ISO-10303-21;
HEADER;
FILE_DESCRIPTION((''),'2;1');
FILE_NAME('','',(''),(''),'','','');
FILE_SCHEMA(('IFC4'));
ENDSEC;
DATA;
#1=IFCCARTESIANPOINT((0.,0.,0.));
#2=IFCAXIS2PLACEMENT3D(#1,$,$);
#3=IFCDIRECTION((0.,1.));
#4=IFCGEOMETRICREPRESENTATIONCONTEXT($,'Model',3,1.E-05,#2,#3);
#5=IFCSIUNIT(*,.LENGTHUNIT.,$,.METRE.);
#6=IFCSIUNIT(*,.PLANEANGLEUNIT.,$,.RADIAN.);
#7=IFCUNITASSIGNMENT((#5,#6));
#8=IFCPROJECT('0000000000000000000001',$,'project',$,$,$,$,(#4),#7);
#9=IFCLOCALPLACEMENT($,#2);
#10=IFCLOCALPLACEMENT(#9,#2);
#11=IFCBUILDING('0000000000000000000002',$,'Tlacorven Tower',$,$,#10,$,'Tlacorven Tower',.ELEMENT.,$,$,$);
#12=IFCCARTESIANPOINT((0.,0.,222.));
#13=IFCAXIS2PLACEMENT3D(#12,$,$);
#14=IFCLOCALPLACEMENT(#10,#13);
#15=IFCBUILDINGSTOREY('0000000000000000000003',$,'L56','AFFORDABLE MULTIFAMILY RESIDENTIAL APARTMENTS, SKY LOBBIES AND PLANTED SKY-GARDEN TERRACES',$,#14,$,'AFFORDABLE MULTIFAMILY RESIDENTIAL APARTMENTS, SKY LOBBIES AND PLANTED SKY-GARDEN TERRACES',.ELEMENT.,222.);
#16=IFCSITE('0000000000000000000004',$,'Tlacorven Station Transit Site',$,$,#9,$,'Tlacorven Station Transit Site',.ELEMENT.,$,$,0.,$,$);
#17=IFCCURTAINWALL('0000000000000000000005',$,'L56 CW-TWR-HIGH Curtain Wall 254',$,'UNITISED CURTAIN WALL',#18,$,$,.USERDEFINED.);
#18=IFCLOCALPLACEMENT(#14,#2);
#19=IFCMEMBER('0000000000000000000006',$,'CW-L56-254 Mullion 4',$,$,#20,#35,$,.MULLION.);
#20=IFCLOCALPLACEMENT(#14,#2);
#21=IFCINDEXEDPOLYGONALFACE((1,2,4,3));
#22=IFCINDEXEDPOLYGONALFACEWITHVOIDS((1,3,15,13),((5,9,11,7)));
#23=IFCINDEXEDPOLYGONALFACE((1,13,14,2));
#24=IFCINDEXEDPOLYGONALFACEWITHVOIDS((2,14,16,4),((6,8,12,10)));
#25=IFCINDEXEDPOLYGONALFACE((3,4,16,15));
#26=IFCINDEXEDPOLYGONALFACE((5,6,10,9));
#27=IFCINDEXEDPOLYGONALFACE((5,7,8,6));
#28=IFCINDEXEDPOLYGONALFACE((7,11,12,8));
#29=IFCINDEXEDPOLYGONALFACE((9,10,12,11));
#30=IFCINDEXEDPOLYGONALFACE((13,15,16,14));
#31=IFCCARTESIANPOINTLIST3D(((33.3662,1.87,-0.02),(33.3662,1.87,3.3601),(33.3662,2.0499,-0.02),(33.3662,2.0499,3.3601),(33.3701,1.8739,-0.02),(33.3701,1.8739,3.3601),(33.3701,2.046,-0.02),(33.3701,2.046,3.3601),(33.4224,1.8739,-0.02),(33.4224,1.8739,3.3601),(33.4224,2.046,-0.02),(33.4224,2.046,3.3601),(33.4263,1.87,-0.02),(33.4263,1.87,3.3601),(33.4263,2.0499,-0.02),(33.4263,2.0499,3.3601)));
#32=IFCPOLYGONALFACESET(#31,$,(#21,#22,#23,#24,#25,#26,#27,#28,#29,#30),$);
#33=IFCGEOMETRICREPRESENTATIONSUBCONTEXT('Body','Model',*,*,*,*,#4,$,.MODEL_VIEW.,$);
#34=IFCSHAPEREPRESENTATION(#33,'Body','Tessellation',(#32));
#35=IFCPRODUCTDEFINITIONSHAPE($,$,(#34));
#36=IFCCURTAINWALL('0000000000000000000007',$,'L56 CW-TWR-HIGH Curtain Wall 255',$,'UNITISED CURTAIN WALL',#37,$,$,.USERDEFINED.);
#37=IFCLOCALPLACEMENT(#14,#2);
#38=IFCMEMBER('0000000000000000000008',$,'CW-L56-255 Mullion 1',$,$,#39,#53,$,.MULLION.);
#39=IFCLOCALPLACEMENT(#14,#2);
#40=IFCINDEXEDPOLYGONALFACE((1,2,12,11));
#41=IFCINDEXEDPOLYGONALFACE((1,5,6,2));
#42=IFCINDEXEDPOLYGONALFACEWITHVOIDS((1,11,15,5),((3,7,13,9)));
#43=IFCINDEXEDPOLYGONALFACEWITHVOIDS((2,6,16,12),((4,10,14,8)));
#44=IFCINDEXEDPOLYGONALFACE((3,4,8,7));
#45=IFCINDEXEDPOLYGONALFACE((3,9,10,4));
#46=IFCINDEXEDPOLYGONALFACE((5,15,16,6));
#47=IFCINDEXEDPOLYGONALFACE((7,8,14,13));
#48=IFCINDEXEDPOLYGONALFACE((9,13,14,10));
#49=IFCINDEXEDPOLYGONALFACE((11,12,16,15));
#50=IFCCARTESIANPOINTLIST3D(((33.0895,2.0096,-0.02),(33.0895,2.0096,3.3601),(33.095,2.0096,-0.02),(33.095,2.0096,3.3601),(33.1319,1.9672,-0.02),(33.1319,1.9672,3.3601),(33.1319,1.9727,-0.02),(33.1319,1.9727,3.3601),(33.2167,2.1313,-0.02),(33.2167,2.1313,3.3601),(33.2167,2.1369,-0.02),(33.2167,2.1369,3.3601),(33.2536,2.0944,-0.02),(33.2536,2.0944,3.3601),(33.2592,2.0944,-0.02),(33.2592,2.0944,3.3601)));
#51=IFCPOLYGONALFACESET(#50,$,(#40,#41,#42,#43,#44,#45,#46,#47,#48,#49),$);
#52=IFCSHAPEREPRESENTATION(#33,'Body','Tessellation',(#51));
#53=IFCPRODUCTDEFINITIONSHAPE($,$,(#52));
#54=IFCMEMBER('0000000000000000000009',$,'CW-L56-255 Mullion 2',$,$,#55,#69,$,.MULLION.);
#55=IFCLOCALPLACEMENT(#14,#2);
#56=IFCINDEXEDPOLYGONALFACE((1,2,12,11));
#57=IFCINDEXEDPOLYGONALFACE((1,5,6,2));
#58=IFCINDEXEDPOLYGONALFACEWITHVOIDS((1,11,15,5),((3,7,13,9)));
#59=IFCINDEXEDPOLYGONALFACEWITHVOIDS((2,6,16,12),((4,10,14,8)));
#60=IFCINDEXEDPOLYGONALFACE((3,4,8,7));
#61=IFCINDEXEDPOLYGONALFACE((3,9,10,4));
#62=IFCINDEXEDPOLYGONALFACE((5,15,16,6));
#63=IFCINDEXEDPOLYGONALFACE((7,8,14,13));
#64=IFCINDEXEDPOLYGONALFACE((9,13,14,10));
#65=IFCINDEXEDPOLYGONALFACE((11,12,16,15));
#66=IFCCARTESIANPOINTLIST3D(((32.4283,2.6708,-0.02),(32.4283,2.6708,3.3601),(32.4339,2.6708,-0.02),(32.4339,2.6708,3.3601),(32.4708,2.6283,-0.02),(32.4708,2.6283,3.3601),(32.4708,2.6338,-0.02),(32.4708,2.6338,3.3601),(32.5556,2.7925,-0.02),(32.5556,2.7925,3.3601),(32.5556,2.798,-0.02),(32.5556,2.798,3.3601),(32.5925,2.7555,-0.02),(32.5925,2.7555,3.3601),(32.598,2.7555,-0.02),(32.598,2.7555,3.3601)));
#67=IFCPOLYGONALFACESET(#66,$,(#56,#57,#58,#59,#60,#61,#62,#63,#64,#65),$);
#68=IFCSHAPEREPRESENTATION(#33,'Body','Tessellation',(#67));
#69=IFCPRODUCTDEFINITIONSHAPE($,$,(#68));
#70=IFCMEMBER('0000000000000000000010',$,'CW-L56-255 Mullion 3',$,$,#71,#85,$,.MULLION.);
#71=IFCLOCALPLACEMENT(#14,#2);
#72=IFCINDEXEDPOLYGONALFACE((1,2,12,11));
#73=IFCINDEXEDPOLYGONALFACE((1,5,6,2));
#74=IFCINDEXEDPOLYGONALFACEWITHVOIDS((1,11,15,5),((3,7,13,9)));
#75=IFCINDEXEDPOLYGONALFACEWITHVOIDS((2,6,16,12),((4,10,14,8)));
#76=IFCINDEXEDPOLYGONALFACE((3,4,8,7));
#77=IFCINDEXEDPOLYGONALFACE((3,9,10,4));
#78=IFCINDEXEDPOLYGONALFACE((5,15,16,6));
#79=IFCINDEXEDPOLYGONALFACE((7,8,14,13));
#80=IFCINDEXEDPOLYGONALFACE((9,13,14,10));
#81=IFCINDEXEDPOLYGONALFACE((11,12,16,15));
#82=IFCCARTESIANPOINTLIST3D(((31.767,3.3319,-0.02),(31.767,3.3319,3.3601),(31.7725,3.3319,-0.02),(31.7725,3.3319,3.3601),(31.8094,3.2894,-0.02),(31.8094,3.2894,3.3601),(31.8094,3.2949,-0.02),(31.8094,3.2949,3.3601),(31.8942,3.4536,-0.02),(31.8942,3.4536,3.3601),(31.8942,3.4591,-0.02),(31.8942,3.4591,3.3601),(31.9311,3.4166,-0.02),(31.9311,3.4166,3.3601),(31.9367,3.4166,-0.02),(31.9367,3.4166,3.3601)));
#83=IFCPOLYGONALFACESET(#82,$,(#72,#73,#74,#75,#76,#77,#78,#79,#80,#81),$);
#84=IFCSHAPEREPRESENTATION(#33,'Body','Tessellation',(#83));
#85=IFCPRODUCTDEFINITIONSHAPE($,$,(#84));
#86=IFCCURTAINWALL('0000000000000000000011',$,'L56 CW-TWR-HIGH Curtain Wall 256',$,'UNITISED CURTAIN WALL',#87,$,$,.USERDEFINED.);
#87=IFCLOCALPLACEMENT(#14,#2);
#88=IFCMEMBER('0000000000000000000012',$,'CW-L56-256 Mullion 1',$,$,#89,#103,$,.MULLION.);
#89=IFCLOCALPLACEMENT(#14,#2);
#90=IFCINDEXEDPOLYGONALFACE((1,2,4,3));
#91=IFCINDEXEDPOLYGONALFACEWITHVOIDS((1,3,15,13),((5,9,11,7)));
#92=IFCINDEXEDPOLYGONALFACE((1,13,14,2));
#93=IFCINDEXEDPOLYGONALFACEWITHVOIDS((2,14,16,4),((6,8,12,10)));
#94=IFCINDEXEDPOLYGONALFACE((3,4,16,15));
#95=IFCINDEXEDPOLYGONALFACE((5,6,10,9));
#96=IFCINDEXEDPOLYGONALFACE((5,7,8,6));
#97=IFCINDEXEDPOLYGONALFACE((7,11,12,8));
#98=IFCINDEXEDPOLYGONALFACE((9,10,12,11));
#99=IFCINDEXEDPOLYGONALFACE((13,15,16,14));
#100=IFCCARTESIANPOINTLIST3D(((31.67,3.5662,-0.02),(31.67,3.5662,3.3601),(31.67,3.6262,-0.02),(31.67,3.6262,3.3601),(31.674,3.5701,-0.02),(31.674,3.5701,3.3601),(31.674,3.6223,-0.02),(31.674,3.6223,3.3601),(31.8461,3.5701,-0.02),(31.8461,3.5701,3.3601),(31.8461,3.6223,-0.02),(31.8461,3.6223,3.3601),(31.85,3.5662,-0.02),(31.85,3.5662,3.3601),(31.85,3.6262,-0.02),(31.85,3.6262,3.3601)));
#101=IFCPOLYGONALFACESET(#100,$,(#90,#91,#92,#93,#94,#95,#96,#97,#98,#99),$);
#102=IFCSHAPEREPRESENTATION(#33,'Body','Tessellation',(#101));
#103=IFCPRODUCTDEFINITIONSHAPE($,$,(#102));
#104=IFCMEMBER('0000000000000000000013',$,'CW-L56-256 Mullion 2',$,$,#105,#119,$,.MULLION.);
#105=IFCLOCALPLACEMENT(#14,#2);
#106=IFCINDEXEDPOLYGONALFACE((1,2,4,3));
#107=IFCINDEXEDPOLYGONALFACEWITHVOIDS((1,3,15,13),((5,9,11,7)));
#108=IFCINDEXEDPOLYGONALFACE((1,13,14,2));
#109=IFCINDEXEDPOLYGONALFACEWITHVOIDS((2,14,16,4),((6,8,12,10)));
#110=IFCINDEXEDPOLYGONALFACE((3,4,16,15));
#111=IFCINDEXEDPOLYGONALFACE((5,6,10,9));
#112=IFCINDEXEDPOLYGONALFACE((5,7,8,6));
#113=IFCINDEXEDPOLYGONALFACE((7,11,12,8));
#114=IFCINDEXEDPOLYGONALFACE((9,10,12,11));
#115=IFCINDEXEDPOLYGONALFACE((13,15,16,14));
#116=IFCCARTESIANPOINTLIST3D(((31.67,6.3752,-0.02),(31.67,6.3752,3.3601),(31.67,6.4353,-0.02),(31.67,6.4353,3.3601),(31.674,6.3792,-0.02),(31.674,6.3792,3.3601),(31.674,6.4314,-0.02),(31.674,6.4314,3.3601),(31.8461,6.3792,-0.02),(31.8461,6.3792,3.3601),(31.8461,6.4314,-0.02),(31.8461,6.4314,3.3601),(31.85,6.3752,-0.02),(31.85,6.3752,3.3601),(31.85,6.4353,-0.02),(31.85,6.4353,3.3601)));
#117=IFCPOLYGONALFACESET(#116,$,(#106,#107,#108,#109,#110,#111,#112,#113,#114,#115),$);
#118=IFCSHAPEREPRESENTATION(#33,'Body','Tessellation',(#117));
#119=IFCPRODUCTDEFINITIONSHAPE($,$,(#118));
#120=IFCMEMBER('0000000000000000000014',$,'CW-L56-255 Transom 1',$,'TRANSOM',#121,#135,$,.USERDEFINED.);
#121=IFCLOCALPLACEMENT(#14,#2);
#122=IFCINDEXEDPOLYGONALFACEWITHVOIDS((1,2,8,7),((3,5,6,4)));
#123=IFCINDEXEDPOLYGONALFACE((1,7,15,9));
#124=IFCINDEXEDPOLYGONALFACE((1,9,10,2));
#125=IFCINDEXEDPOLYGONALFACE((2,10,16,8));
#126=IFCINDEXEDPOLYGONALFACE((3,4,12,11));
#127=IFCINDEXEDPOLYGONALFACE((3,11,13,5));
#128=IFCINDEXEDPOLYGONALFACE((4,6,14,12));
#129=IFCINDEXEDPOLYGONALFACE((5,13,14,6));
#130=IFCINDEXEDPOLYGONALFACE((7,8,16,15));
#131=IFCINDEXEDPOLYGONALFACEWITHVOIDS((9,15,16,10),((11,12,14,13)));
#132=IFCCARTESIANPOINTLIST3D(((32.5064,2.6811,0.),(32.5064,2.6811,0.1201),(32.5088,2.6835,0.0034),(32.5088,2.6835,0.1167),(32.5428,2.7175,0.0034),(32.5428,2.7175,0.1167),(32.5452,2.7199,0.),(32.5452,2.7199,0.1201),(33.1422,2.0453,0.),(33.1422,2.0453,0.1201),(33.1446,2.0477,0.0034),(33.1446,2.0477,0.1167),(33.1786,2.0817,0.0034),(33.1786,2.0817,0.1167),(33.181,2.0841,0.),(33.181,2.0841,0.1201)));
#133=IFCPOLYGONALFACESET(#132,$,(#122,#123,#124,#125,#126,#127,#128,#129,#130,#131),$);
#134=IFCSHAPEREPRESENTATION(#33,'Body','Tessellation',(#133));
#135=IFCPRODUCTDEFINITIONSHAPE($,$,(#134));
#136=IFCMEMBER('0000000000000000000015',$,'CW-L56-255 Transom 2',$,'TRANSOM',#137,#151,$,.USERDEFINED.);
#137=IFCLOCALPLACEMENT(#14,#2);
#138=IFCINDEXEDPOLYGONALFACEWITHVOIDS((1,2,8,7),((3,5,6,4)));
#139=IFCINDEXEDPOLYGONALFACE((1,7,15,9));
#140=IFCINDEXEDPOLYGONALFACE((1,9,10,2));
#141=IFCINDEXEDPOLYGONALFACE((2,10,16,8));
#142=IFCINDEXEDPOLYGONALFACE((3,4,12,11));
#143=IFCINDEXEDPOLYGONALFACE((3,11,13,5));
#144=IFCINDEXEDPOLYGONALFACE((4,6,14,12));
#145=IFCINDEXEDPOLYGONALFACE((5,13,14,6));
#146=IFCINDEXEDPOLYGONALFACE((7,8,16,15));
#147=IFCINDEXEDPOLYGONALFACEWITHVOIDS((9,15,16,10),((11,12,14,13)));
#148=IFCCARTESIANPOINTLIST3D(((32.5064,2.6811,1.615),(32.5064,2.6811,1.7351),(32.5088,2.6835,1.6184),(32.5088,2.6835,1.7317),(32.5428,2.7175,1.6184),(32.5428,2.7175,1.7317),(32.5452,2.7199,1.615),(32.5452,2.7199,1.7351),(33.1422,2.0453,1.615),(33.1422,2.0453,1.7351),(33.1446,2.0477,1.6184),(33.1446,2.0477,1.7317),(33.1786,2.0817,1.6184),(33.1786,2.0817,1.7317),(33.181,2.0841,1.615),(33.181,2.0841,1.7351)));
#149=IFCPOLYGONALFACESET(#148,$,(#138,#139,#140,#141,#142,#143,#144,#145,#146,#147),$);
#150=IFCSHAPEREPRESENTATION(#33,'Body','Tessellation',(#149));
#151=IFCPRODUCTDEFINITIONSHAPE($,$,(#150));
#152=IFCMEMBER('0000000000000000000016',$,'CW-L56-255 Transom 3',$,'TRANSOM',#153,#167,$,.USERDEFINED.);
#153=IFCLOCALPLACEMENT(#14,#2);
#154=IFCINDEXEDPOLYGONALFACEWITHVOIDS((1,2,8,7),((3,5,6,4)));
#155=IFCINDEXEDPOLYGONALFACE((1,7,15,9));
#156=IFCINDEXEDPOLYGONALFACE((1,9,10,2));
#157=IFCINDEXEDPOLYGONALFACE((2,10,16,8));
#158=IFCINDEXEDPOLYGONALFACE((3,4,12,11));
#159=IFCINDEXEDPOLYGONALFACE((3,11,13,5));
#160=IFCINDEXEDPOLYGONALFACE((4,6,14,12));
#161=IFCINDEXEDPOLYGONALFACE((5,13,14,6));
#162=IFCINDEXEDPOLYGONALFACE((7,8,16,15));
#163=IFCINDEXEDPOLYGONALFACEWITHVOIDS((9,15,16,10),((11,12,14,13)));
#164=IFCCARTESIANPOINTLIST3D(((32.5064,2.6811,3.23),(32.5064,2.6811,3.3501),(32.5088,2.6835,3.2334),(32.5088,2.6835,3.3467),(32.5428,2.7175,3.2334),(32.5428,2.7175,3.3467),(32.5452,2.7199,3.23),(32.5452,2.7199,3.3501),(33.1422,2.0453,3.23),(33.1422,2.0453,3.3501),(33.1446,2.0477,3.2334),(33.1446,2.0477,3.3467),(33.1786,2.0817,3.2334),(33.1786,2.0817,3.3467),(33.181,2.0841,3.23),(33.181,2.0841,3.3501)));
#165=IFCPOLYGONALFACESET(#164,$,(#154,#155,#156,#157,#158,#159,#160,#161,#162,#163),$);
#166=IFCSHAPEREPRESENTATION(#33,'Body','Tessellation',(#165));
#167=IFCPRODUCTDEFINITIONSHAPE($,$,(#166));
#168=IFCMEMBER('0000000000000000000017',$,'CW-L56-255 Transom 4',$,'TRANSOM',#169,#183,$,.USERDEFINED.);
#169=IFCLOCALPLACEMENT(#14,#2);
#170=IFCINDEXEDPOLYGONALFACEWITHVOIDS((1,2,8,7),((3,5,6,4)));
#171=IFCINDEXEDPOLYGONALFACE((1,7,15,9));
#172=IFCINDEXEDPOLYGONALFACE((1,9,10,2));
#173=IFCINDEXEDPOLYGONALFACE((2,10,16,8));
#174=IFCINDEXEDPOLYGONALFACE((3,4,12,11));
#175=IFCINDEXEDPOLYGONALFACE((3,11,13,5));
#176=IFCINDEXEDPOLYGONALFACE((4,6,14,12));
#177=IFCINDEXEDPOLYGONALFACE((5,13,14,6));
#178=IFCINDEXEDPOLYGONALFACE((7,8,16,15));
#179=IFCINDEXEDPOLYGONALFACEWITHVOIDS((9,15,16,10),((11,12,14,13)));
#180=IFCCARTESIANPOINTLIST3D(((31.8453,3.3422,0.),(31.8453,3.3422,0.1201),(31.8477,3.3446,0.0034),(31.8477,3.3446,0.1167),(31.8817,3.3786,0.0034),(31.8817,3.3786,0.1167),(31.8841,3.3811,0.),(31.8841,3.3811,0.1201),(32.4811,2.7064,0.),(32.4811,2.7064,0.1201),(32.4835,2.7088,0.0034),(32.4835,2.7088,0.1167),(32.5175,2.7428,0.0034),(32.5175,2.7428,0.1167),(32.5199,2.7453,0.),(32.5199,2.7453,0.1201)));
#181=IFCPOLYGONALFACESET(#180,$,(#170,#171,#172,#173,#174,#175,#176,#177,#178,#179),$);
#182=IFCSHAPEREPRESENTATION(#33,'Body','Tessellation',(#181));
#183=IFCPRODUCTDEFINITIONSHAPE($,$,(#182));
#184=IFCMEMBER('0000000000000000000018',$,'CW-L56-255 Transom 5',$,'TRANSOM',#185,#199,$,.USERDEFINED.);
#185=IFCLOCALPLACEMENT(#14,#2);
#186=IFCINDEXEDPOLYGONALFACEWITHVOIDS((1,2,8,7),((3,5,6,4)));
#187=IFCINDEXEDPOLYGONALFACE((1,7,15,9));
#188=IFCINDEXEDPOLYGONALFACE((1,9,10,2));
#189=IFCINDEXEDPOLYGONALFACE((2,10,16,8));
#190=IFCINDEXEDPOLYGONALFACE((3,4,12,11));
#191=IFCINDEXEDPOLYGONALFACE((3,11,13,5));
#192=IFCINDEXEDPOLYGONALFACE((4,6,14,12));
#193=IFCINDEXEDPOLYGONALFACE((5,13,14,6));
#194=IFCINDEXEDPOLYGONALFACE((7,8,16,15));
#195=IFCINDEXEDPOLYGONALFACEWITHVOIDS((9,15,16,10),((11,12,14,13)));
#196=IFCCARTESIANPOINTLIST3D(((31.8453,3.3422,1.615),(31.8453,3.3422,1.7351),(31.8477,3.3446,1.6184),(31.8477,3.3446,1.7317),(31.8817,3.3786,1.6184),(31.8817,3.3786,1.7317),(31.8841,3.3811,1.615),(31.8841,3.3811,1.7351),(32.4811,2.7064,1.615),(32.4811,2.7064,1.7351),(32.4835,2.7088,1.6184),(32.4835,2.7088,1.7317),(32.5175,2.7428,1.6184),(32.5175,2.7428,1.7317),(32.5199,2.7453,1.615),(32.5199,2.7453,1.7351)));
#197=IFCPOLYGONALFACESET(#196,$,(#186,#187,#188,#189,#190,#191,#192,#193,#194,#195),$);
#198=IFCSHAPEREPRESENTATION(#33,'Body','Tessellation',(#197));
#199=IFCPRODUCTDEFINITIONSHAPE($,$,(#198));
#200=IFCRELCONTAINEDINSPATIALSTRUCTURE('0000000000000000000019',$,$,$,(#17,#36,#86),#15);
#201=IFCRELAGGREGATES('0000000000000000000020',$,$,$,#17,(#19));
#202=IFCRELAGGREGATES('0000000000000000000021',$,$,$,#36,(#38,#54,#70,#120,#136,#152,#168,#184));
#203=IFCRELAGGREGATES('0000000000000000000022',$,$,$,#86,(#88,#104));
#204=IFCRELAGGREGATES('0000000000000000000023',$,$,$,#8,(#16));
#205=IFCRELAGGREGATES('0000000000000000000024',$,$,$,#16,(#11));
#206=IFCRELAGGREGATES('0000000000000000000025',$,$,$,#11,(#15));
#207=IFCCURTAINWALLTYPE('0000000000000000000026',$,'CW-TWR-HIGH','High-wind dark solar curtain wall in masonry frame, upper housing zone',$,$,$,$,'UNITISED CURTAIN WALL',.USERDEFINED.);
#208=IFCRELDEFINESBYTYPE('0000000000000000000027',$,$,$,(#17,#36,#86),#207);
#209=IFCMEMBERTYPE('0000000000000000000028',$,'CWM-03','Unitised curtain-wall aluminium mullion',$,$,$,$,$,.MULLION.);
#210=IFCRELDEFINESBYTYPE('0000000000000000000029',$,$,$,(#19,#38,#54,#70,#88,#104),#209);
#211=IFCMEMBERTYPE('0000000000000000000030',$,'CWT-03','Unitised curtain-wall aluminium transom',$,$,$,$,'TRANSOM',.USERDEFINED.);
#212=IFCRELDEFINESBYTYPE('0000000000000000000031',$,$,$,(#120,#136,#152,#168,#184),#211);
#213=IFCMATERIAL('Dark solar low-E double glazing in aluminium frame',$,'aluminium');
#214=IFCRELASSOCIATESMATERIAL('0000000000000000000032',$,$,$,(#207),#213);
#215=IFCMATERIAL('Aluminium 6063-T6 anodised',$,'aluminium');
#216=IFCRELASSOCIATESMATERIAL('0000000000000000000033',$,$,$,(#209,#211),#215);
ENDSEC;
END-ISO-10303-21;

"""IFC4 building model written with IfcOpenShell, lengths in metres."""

from ifc_helpers import new_model, si_unit, direction, frame, origin, origin_2d, place, context, subcontext, project, spatial, hollow_rectangle, extrude, source, transform, mapped, material, material_profile, profile_set, type_object, element, aggregate, save


model = new_model("IFC4")

# Units and contexts
model_context = context("Model", 3, precision=1e-05, world=origin(), true_north=direction((0.0, 1.0)))
body_context = subcontext(model_context, "Body", "Model", "MODEL_VIEW")
ifc_project = project(units=[si_unit("LENGTHUNIT", "METRE"), si_unit("PLANEANGLEUNIT", "RADIAN")], contexts=[model_context])

# Site, building, storey
site_placement = place(None, origin())
site = spatial("IfcSite", under=ifc_project, at=site_placement, Name="Tlacorven Station Transit Site", LongName="Tlacorven Station Transit Site", CompositionType="ELEMENT", RefElevation=0.0)
building_placement = place(site_placement, origin())
building = spatial("IfcBuilding", under=site, at=building_placement, Name="Tlacorven Tower", LongName="Tlacorven Tower", CompositionType="ELEMENT")
storey_placement = place(building_placement, frame((0.0, 0.0, 222.0)))
storey = spatial("IfcBuildingStorey", under=building, at=storey_placement, Name="L56", Description="AFFORDABLE MULTIFAMILY RESIDENTIAL APARTMENTS, SKY LOBBIES AND PLANTED SKY-GARDEN TERRACES", LongName="AFFORDABLE MULTIFAMILY RESIDENTIAL APARTMENTS, SKY LOBBIES AND PLANTED SKY-GARDEN TERRACES", CompositionType="ELEMENT", Elevation=222.0)

# Curtain wall, member
ifc_material_1 = material(Name="Dark solar low-E double glazing in aluminium frame", Category="aluminium")
curtain_wall_type = type_object("IfcCurtainWallType", Name="CW-TWR-HIGH", Description="High-wind dark solar curtain wall in masonry frame, upper housing zone", ElementType="UNITISED CURTAIN WALL", PredefinedType="USERDEFINED", material=ifc_material_1)
curtain_wall_1_placement = place(storey_placement, origin())
curtain_wall_1 = element("IfcCurtainWall", 1, at=curtain_wall_1_placement, inside=storey, type_object=curtain_wall_type, Name="L56 CW-TWR-HIGH Curtain Wall 254", ObjectType="UNITISED CURTAIN WALL", PredefinedType="USERDEFINED")
ifc_material_2 = material(Name="Aluminium 6063-T6 anodised", Category="aluminium")
ifc_material_profile_1 = material_profile(ifc_material_2, hollow_rectangle(XDim=0.0601, YDim=0.1799, WallThickness=0.0039, at=origin_2d()), Name="ALU MULLION 60X180")
ifc_profile_set_1 = profile_set([ifc_material_profile_1], Name="Aluminium 6063-T6 anodised")
member_type_1 = type_object("IfcMemberType", Name="CWM-03", Description="Unitised curtain-wall aluminium mullion", PredefinedType="MULLION", material=ifc_profile_set_1)
shared_shape_1 = source(origin(), body_context, "Body", "SweptSolid", [
    extrude(hollow_rectangle(XDim=0.0601, YDim=0.1799, WallThickness=0.0039, at=origin_2d()), origin(), (0.0, 0.0, 1.0), 3.3801),
])
member_1_placement = place(storey_placement, frame((33.3962, 1.96, -0.02), z_axis=(0.0, 0.0, 1.0), x_axis=(-1.0, 0.0, 0.0)))
member_1 = element("IfcMember", 2, at=member_1_placement, type_object=member_type_1, Name="CW-L56-254 Mullion 4", PredefinedType="MULLION", context=body_context, shape_type="MappedRepresentation", body=[
    mapped(shared_shape_1, transform((0.0, 0.0, 0.0), scale=1.0)),
])
aggregate(curtain_wall_1, [member_1])

# Curtain walls, members
curtain_wall_2_placement = place(storey_placement, origin())
curtain_wall_2 = element("IfcCurtainWall", 3, at=curtain_wall_2_placement, inside=storey, type_object=curtain_wall_type, Name="L56 CW-TWR-HIGH Curtain Wall 255", ObjectType="UNITISED CURTAIN WALL", PredefinedType="USERDEFINED")
member_2_placement = place(storey_placement, frame((33.1743, 2.052, -0.02), z_axis=(0.0, 0.0, 1.0), x_axis=(-0.707107, 0.707107, 0.0)))
member_2 = element("IfcMember", 4, at=member_2_placement, type_object=member_type_1, Name="CW-L56-255 Mullion 1", PredefinedType="MULLION", context=body_context, shape_type="MappedRepresentation", body=[
    mapped(shared_shape_1, transform((0.0, 0.0, 0.0), scale=1.0)),
])
member_3_placement = place(storey_placement, frame((32.5132, 2.7131, -0.02), z_axis=(0.0, 0.0, 1.0), x_axis=(-0.707107, 0.707107, 0.0)))
member_3 = element("IfcMember", 5, at=member_3_placement, type_object=member_type_1, Name="CW-L56-255 Mullion 2", PredefinedType="MULLION", context=body_context, shape_type="MappedRepresentation", body=[
    mapped(shared_shape_1, transform((0.0, 0.0, 0.0), scale=1.0)),
])
member_4_placement = place(storey_placement, frame((31.8518, 3.3743, -0.02), z_axis=(0.0, 0.0, 1.0), x_axis=(-0.707107, 0.707107, 0.0)))
member_4 = element("IfcMember", 6, at=member_4_placement, type_object=member_type_1, Name="CW-L56-255 Mullion 3", PredefinedType="MULLION", context=body_context, shape_type="MappedRepresentation", body=[
    mapped(shared_shape_1, transform((0.0, 0.0, 0.0), scale=1.0)),
])
curtain_wall_3_placement = place(storey_placement, origin())
curtain_wall_3 = element("IfcCurtainWall", 7, at=curtain_wall_3_placement, inside=storey, type_object=curtain_wall_type, Name="L56 CW-TWR-HIGH Curtain Wall 256", ObjectType="UNITISED CURTAIN WALL", PredefinedType="USERDEFINED")
member_5_placement = place(storey_placement, frame((31.76, 3.5962, -0.02), z_axis=(0.0, 0.0, 1.0), x_axis=(0.0, 1.0, 0.0)))
member_5 = element("IfcMember", 8, at=member_5_placement, type_object=member_type_1, Name="CW-L56-256 Mullion 1", PredefinedType="MULLION", context=body_context, shape_type="MappedRepresentation", body=[
    mapped(shared_shape_1, transform((0.0, 0.0, 0.0), scale=1.0)),
])
member_6_placement = place(storey_placement, frame((31.76, 6.4053, -0.02), z_axis=(0.0, 0.0, 1.0), x_axis=(0.0, 1.0, 0.0)))
member_6 = element("IfcMember", 9, at=member_6_placement, type_object=member_type_1, Name="CW-L56-256 Mullion 2", PredefinedType="MULLION", context=body_context, shape_type="MappedRepresentation", body=[
    mapped(shared_shape_1, transform((0.0, 0.0, 0.0), scale=1.0)),
])

# Members
ifc_material_profile_2 = material_profile(ifc_material_2, hollow_rectangle(XDim=0.0549, YDim=0.1201, WallThickness=0.0034, at=origin_2d()), Name="ALU TRANSOM 55X120")
ifc_profile_set_2 = profile_set([ifc_material_profile_2], Name="Aluminium 6063-T6 anodised")
member_type_2 = type_object("IfcMemberType", Name="CWT-03", Description="Unitised curtain-wall aluminium transom", ElementType="TRANSOM", PredefinedType="USERDEFINED", material=ifc_profile_set_2)
shared_shape_2 = source(origin(), body_context, "Body", "SweptSolid", [
    extrude(hollow_rectangle(XDim=0.0549, YDim=0.1201, WallThickness=0.0034, at=origin_2d()), origin(), (0.0, 0.0, 1.0), 0.8992),
])
member_7_placement = place(storey_placement, frame((33.1616, 2.0647, 0.0601), z_axis=(-0.707107, 0.707107, 0.0), x_axis=(-0.707107, -0.707107, 0.0)))
member_7 = element("IfcMember", 10, at=member_7_placement, type_object=member_type_2, Name="CW-L56-255 Transom 1", ObjectType="TRANSOM", PredefinedType="USERDEFINED", context=body_context, shape_type="MappedRepresentation", body=[
    mapped(shared_shape_2, transform((0.0, 0.0, 0.0), scale=1.0)),
])
member_8_placement = place(storey_placement, frame((33.1616, 2.0647, 1.675), z_axis=(-0.707107, 0.707107, 0.0), x_axis=(-0.707107, -0.707107, 0.0)))
member_8 = element("IfcMember", 11, at=member_8_placement, type_object=member_type_2, Name="CW-L56-255 Transom 2", ObjectType="TRANSOM", PredefinedType="USERDEFINED", context=body_context, shape_type="MappedRepresentation", body=[
    mapped(shared_shape_2, transform((0.0, 0.0, 0.0), scale=1.0)),
])
member_9_placement = place(storey_placement, frame((33.1616, 2.0647, 3.29), z_axis=(-0.707107, 0.707107, 0.0), x_axis=(-0.707107, -0.707107, 0.0)))
member_9 = element("IfcMember", 12, at=member_9_placement, type_object=member_type_2, Name="CW-L56-255 Transom 3", ObjectType="TRANSOM", PredefinedType="USERDEFINED", context=body_context, shape_type="MappedRepresentation", body=[
    mapped(shared_shape_2, transform((0.0, 0.0, 0.0), scale=1.0)),
])
member_10_placement = place(storey_placement, frame((32.5005, 2.7258, 0.0601), z_axis=(-0.707107, 0.707107, 0.0), x_axis=(-0.707107, -0.707107, 0.0)))
member_10 = element("IfcMember", 13, at=member_10_placement, type_object=member_type_2, Name="CW-L56-255 Transom 4", ObjectType="TRANSOM", PredefinedType="USERDEFINED", context=body_context, shape_type="MappedRepresentation", body=[
    mapped(shared_shape_2, transform((0.0, 0.0, 0.0), scale=1.0)),
])
member_11_placement = place(storey_placement, frame((32.5005, 2.7258, 1.675), z_axis=(-0.707107, 0.707107, 0.0), x_axis=(-0.707107, -0.707107, 0.0)))
member_11 = element("IfcMember", 14, at=member_11_placement, type_object=member_type_2, Name="CW-L56-255 Transom 5", ObjectType="TRANSOM", PredefinedType="USERDEFINED", context=body_context, shape_type="MappedRepresentation", body=[
    mapped(shared_shape_2, transform((0.0, 0.0, 0.0), scale=1.0)),
])

aggregate(curtain_wall_2, [member_2, member_3, member_4, member_7, member_8, member_9, member_10, member_11])
aggregate(curtain_wall_3, [member_5, member_6])

save(model, "model.ifc")
